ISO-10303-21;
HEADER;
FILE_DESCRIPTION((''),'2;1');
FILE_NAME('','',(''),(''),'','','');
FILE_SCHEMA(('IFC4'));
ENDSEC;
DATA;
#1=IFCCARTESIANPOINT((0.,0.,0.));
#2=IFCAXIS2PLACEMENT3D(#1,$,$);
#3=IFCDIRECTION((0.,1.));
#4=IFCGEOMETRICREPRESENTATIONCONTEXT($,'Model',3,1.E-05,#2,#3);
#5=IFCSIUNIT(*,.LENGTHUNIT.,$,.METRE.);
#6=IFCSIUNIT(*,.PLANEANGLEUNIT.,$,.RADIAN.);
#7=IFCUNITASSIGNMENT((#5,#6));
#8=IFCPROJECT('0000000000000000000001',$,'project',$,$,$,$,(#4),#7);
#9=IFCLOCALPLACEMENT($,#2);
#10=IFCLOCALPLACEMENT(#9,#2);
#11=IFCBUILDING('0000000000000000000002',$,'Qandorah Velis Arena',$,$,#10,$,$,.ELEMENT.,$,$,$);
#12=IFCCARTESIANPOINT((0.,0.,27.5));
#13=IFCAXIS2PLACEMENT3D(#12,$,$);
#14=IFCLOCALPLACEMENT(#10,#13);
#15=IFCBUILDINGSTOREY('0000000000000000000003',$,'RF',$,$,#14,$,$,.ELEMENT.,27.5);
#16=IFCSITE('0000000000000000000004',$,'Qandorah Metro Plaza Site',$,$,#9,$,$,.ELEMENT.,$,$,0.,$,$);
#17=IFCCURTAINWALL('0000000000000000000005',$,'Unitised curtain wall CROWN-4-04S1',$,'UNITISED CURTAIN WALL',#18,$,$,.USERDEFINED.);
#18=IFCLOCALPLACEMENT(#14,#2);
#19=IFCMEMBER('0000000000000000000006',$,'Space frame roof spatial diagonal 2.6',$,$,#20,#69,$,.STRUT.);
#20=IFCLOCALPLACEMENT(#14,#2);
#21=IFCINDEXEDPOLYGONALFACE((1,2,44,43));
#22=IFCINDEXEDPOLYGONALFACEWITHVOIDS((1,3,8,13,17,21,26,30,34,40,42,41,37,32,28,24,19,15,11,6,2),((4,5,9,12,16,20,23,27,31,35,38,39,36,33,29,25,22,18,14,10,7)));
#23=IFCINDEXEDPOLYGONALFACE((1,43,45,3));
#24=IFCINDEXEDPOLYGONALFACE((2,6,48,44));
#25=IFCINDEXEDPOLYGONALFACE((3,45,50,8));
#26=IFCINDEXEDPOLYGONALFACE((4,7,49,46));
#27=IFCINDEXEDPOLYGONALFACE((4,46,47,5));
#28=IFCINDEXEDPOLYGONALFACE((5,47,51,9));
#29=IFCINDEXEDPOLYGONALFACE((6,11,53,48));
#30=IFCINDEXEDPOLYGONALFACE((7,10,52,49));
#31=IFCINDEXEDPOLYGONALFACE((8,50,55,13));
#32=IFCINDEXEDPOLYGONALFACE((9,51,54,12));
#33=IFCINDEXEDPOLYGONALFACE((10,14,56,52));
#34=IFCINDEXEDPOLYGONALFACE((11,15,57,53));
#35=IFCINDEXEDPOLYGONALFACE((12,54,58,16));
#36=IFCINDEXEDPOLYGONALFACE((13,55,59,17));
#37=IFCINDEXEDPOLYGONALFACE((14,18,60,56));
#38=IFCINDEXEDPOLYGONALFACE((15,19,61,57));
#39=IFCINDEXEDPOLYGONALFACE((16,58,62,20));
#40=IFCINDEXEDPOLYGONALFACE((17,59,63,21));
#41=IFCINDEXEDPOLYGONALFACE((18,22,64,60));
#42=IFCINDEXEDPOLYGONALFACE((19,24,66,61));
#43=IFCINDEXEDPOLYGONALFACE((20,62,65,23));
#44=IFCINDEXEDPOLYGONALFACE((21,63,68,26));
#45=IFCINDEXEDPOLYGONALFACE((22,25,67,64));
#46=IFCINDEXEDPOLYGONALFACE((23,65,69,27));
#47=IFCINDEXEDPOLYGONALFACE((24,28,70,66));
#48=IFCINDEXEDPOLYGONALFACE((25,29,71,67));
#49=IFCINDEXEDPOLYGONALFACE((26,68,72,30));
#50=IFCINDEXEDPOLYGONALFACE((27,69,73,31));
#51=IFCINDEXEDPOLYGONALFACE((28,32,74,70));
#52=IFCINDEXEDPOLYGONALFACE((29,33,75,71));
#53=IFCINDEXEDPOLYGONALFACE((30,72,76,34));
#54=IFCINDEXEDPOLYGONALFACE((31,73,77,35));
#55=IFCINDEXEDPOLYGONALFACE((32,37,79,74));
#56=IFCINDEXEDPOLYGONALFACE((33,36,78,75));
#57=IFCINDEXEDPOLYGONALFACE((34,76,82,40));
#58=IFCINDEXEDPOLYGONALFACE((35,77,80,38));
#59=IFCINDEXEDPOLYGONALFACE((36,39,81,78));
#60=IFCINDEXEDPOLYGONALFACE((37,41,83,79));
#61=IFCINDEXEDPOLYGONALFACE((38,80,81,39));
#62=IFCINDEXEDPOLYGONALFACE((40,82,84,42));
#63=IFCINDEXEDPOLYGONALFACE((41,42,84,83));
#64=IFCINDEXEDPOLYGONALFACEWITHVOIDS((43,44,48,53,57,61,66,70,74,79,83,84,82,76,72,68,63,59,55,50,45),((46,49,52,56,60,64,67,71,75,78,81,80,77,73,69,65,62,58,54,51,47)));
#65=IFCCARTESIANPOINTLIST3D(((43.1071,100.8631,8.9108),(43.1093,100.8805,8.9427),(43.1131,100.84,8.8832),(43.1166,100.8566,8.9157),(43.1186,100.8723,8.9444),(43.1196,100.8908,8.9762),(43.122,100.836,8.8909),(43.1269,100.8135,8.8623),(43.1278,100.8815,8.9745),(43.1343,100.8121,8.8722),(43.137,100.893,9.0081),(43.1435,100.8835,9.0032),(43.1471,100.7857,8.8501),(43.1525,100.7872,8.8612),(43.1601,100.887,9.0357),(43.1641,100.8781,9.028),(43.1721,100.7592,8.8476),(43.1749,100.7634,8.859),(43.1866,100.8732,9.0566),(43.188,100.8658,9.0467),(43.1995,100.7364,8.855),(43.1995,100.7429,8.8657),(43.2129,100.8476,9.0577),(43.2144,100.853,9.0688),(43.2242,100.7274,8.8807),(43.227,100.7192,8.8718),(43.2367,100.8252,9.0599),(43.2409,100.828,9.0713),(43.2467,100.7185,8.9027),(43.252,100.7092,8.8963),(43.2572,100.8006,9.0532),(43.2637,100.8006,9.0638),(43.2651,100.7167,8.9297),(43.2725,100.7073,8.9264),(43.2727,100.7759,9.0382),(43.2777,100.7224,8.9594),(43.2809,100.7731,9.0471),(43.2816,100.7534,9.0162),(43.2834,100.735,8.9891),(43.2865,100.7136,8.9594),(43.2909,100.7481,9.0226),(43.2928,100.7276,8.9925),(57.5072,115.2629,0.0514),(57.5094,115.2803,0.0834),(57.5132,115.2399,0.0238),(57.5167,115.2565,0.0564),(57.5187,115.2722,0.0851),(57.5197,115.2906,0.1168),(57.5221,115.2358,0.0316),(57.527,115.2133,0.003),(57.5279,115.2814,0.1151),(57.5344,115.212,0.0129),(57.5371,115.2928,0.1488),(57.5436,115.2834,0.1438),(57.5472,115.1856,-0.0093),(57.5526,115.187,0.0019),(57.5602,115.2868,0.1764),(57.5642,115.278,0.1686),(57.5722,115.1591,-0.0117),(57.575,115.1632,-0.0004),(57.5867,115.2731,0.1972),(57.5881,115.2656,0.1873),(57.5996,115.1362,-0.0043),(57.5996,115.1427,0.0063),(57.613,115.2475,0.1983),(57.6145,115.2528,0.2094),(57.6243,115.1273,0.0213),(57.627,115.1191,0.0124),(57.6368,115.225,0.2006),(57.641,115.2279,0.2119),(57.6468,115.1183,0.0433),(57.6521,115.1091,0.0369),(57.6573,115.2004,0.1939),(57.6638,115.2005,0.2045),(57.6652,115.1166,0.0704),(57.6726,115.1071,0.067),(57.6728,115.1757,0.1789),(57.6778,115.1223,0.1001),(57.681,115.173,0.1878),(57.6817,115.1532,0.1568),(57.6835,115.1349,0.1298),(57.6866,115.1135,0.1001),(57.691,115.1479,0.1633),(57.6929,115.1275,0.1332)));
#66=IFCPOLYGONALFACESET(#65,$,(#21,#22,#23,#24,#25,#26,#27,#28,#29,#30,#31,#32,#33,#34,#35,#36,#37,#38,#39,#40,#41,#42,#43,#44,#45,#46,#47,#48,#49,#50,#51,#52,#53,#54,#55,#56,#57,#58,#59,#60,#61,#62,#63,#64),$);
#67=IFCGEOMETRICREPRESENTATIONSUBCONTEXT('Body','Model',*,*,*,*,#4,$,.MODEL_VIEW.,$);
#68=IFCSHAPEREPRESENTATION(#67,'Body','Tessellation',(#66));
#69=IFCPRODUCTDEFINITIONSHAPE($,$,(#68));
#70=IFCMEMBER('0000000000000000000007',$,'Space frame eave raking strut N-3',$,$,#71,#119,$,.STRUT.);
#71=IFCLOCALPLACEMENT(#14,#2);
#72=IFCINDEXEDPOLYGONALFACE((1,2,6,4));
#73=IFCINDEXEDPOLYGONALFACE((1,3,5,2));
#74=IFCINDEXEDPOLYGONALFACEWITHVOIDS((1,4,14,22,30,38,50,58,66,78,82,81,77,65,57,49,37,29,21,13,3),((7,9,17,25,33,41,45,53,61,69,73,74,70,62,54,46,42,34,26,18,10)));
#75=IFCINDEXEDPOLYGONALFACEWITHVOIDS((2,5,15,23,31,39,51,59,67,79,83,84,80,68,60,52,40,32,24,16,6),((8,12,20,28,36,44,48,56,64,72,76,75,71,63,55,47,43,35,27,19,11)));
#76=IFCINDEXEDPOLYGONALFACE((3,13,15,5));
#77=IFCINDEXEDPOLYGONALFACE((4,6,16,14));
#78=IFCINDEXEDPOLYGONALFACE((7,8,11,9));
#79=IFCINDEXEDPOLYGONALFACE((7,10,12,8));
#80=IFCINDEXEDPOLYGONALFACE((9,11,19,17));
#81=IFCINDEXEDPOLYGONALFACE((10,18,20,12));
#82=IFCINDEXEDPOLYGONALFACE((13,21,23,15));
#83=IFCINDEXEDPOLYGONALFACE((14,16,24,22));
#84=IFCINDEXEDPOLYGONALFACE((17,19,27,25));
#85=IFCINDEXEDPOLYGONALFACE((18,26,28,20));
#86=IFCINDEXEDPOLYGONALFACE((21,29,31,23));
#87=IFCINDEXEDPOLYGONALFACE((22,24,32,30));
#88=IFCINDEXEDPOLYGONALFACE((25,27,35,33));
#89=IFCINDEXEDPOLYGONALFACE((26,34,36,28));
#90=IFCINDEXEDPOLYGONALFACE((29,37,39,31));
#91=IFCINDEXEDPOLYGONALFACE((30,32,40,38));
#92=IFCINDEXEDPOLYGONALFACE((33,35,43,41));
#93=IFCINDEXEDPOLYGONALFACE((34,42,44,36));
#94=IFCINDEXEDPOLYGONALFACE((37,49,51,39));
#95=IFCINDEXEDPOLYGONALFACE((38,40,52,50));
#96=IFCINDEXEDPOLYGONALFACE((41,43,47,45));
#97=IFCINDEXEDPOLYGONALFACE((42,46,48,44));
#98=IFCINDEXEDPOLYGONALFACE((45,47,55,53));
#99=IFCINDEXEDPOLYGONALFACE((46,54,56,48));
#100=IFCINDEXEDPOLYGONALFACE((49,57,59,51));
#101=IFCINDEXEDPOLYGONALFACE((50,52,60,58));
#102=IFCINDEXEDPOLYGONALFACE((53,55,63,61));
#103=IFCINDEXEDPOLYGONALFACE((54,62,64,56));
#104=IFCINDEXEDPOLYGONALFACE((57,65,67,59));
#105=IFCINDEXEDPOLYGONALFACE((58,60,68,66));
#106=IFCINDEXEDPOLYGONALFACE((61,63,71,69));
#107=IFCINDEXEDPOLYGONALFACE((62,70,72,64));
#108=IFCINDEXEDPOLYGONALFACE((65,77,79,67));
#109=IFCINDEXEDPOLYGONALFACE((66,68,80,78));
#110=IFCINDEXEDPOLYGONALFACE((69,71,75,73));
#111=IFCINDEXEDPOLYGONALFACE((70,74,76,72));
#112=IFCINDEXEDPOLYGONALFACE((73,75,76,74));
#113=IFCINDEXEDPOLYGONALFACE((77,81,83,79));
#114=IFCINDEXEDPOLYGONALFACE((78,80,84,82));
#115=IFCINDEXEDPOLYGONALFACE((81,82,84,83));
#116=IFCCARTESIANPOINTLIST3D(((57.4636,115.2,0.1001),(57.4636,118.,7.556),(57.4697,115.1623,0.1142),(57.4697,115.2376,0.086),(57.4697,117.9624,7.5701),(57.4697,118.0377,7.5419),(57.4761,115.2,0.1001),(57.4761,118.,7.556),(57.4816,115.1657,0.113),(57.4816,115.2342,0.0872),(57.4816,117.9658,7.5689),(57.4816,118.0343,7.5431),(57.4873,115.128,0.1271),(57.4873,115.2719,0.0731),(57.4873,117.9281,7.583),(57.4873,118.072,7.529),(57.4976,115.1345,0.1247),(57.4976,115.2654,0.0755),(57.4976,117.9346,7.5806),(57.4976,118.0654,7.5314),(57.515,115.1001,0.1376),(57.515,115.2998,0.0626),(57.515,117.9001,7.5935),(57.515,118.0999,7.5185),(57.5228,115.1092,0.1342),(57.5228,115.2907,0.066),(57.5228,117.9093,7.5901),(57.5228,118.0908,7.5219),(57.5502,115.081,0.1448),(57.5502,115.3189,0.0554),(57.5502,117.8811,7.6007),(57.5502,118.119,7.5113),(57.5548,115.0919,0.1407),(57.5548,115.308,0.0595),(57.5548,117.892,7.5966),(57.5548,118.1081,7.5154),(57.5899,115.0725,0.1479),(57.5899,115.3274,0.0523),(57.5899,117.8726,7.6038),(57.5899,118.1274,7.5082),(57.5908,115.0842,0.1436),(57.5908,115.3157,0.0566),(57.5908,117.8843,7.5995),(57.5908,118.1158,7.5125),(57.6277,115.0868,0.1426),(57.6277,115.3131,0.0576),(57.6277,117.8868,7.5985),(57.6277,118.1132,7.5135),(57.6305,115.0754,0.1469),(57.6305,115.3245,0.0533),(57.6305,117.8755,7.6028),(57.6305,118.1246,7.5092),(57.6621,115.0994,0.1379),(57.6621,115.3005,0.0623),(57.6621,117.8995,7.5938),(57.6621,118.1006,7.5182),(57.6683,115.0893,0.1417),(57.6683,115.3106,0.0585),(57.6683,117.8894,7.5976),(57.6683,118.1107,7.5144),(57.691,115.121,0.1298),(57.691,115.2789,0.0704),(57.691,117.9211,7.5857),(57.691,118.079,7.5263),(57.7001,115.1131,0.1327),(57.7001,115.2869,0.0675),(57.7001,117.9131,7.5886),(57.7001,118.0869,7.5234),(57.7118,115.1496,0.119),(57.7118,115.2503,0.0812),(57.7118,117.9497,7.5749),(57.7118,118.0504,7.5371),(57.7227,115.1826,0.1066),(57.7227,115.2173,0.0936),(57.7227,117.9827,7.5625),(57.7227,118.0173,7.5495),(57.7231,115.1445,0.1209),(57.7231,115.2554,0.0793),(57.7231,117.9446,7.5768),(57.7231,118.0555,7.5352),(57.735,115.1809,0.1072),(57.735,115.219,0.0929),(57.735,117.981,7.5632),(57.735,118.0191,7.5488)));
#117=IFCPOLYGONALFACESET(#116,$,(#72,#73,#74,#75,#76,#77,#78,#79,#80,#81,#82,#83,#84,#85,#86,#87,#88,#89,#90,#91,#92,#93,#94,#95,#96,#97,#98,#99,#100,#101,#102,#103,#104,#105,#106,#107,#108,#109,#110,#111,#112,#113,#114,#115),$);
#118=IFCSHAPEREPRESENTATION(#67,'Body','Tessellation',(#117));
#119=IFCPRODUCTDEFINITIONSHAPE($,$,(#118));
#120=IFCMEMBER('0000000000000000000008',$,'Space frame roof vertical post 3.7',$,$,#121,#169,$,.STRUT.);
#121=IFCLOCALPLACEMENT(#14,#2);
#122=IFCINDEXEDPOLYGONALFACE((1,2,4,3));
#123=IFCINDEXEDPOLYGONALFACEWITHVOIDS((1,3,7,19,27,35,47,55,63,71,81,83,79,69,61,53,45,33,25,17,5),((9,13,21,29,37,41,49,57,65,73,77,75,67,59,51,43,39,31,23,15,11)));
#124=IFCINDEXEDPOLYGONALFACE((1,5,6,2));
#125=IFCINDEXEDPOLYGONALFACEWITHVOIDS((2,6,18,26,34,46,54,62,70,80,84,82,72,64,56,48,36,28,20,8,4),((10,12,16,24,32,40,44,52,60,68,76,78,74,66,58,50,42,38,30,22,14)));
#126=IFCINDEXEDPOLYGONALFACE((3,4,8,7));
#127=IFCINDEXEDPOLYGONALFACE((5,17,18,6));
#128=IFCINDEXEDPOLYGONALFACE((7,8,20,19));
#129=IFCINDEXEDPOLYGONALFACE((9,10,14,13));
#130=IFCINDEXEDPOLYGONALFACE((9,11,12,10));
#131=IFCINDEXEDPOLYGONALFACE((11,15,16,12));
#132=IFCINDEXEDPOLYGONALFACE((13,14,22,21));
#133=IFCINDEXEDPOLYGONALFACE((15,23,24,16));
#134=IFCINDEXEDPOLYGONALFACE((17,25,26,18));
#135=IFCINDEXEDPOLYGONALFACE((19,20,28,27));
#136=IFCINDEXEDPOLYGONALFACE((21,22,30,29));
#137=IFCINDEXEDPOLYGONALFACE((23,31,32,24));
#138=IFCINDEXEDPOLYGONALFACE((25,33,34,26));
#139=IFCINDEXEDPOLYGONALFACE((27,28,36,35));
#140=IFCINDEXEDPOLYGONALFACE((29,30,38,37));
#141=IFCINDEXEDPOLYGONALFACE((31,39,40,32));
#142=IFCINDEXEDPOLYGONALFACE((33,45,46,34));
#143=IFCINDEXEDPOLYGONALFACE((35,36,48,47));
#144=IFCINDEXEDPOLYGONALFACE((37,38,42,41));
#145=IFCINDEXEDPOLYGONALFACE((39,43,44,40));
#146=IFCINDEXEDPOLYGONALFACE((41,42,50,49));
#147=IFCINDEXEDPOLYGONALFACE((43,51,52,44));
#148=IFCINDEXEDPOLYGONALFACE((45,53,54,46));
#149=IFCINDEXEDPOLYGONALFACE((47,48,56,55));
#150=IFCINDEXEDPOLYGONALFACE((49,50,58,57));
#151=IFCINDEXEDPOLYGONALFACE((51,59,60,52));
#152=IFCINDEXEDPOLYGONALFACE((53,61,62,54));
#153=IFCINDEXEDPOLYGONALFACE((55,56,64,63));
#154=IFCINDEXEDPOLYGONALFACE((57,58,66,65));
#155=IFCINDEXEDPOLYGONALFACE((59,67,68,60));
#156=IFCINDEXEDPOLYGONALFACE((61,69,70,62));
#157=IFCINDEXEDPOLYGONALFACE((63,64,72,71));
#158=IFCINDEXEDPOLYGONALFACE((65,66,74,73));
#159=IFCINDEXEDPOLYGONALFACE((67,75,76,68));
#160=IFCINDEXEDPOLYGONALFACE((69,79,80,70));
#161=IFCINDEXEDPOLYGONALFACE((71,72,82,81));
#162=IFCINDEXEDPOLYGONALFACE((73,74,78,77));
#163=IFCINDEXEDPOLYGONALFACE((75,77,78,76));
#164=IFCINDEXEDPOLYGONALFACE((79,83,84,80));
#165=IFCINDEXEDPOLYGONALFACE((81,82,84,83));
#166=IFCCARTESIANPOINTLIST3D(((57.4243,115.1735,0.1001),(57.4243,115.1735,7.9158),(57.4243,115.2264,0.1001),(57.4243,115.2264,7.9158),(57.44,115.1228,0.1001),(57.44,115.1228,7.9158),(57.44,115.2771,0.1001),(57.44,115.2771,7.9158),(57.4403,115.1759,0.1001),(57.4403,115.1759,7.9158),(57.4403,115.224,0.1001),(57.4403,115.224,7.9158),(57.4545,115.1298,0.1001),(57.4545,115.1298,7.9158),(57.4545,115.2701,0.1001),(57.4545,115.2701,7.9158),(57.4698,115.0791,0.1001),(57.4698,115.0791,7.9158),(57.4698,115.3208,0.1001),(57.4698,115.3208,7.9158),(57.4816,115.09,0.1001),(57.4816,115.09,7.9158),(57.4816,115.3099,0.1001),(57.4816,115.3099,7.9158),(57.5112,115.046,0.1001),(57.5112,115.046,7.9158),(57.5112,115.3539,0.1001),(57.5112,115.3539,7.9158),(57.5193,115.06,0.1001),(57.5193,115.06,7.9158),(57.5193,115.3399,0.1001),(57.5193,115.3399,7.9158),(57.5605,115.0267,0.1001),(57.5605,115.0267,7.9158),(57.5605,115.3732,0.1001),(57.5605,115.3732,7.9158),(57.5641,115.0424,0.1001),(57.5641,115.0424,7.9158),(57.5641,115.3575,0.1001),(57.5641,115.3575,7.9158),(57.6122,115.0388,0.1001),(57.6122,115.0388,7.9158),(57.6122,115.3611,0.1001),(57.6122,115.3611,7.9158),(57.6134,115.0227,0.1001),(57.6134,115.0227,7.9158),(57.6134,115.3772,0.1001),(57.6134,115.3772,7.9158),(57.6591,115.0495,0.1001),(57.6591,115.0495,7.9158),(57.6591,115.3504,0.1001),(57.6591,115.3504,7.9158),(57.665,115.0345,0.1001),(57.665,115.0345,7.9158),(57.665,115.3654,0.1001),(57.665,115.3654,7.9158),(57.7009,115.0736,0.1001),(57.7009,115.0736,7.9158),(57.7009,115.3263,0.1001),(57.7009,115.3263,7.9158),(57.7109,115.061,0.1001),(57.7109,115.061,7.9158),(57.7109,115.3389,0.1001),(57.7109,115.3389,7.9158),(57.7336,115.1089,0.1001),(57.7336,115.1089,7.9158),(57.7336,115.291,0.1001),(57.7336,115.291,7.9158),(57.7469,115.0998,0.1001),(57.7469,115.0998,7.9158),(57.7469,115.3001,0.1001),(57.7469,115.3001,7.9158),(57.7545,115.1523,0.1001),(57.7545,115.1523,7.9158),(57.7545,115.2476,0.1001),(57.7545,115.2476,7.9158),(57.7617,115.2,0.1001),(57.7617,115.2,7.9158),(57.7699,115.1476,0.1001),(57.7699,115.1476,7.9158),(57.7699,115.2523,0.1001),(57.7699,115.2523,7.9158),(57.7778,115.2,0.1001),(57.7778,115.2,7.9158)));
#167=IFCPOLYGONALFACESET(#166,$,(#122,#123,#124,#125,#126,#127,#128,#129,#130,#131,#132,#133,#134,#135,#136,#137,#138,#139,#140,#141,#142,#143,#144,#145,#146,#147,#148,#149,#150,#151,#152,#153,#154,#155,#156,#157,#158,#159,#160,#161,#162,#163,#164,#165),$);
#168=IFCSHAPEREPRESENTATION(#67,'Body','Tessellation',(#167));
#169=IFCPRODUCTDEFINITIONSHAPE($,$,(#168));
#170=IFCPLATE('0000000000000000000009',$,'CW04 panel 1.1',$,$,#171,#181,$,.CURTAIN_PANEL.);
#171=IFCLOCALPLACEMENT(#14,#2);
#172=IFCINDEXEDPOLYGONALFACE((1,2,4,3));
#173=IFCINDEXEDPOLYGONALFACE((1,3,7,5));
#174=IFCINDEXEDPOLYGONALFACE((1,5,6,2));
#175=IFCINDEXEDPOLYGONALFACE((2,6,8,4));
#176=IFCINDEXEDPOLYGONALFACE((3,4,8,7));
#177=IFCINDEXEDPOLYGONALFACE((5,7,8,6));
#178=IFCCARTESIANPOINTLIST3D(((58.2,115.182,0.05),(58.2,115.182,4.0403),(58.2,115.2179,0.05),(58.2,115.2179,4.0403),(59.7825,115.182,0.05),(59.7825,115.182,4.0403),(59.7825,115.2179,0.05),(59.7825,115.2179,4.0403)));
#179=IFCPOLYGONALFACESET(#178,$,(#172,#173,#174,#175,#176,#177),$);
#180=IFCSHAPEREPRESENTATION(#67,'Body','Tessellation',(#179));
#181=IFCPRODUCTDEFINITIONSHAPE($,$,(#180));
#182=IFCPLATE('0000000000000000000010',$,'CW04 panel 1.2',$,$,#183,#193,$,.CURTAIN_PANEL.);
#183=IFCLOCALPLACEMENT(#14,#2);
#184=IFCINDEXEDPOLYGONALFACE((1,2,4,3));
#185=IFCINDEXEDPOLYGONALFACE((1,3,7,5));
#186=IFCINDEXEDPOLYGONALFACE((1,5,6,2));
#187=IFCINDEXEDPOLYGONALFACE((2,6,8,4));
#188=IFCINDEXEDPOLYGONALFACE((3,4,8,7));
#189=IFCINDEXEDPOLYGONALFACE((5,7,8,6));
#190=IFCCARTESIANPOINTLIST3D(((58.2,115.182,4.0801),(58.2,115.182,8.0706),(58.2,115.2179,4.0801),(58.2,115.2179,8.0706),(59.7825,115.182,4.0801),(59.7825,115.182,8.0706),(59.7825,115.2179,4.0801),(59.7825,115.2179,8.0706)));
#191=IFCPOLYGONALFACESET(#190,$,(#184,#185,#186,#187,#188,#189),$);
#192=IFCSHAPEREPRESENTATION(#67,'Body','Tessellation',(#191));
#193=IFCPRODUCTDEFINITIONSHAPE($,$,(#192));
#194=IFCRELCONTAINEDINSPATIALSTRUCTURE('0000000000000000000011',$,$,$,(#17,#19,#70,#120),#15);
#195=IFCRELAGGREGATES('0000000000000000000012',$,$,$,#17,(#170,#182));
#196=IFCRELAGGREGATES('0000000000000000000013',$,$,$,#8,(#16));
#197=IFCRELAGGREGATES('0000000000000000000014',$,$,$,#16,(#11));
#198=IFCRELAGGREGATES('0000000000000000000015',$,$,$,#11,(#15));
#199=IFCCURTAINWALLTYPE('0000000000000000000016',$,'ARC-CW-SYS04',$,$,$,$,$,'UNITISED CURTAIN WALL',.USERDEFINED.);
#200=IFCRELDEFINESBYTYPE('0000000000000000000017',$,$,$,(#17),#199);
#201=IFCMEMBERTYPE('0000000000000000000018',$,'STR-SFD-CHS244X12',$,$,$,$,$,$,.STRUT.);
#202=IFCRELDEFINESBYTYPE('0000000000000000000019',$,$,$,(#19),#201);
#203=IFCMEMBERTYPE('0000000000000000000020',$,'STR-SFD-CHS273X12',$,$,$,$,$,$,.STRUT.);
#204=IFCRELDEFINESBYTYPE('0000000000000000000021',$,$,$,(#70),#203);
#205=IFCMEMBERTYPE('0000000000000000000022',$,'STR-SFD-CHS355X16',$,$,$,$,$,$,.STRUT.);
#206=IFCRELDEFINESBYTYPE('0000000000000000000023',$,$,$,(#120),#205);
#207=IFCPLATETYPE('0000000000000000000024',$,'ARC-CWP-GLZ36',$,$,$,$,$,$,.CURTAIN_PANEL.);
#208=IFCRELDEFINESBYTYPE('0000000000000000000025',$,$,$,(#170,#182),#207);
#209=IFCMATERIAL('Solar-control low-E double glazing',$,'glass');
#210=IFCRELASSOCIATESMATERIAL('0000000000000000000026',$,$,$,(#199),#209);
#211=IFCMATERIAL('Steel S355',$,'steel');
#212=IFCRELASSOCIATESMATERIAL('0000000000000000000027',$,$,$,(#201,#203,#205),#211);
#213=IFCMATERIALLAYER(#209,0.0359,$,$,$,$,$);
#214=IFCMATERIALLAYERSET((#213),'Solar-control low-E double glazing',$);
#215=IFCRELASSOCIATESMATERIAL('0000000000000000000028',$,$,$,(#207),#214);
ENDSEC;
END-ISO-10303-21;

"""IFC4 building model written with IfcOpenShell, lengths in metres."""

from ifc_helpers import new_model, si_unit, direction, frame, origin, origin_2d, place, context, subcontext, project, spatial, rectangle, hollow_circle, extrude, material, layer, layer_set, material_profile, profile_set, type_object, element, aggregate, save


model = new_model("IFC4")

# Units and contexts
model_context = context("Model", 3, precision=1e-05, world=origin(), true_north=direction((0.0, 1.0)))
body_context = subcontext(model_context, "Body", "Model", "MODEL_VIEW")
ifc_project = project(units=[si_unit("LENGTHUNIT", "METRE"), si_unit("PLANEANGLEUNIT", "RADIAN")], contexts=[model_context])

# Site, building, storey
site_placement = place(None, origin())
site = spatial("IfcSite", under=ifc_project, at=site_placement, Name="Qandorah Metro Plaza Site", CompositionType="ELEMENT", RefElevation=0.0)
building_placement = place(site_placement, origin())
building = spatial("IfcBuilding", under=site, at=building_placement, Name="Qandorah Velis Arena", CompositionType="ELEMENT")
storey_placement = place(building_placement, frame((0.0, 0.0, 27.5)))
storey = spatial("IfcBuildingStorey", under=building, at=storey_placement, Name="RF", CompositionType="ELEMENT", Elevation=27.5)

# Curtain wall
ifc_material_1 = material(Name="Solar-control low-E double glazing", Category="glass")
curtain_wall_type = type_object("IfcCurtainWallType", Name="ARC-CW-SYS04", ElementType="UNITISED CURTAIN WALL", PredefinedType="USERDEFINED", material=ifc_material_1)
curtain_wall_placement = place(storey_placement, origin())
curtain_wall = element("IfcCurtainWall", 1, at=curtain_wall_placement, inside=storey, type_object=curtain_wall_type, Name="Unitised curtain wall CROWN-4-04S1", ObjectType="UNITISED CURTAIN WALL", PredefinedType="USERDEFINED")

# Shared definitions
ifc_material_2 = material(Name="Steel S355", Category="steel")

# Members
ifc_material_profile_1 = material_profile(ifc_material_2, hollow_circle(Radius=0.1223, WallThickness=0.0125, at=origin_2d()), Name="CHS 244.5x12.5")
ifc_profile_set_1 = profile_set([ifc_material_profile_1], Name="Steel S355")
member_type_1 = type_object("IfcMemberType", Name="STR-SFD-CHS244X12", PredefinedType="STRUT", material=ifc_profile_set_1)
member_1_placement = place(storey_placement, frame((57.6001, 115.2, 0.1001), z_axis=(-0.648412, -0.648401, 0.398921), x_axis=(0.707101, -0.707113, 0.0)))
element("IfcMember", 2, at=member_1_placement, inside=storey, type_object=member_type_1, Name="Space frame roof spatial diagonal 2.6", PredefinedType="STRUT", context=body_context, shape_type="SweptSolid", body=[
    extrude(hollow_circle(Radius=0.1223, WallThickness=0.0125, at=origin_2d()), origin(), (0.0, 0.0, 1.0), 22.2083),
])
ifc_material_profile_2 = material_profile(ifc_material_2, hollow_circle(Radius=0.1365, WallThickness=0.0125, at=origin_2d()), Name="CHS 273x12.5")
ifc_profile_set_2 = profile_set([ifc_material_profile_2], Name="Steel S355")
member_type_2 = type_object("IfcMemberType", Name="STR-SFD-CHS273X12", PredefinedType="STRUT", material=ifc_profile_set_2)
member_2_placement = place(storey_placement, frame((57.6001, 115.2, 0.1001), z_axis=(0.0, 0.351577, 0.936159), x_axis=(-1.0, 0.0, 0.0)))
element("IfcMember", 3, at=member_2_placement, inside=storey, type_object=member_type_2, Name="Space frame eave raking strut N-3", PredefinedType="STRUT", context=body_context, shape_type="SweptSolid", body=[
    extrude(hollow_circle(Radius=0.1365, WallThickness=0.0125, at=origin_2d()), origin(), (0.0, 0.0, 1.0), 7.9644),
])
ifc_material_profile_3 = material_profile(ifc_material_2, hollow_circle(Radius=0.1777, WallThickness=0.0161, at=origin_2d()), Name="CHS 355.6x16")
ifc_profile_set_3 = profile_set([ifc_material_profile_3], Name="Steel S355")
member_type_3 = type_object("IfcMemberType", Name="STR-SFD-CHS355X16", PredefinedType="STRUT", material=ifc_profile_set_3)
member_3_placement = place(storey_placement, frame((57.6001, 115.2, 0.1001), z_axis=(0.0, 0.0, 1.0), x_axis=(1.0, 0.0, 0.0)))
element("IfcMember", 4, at=member_3_placement, inside=storey, type_object=member_type_3, Name="Space frame roof vertical post 3.7", PredefinedType="STRUT", context=body_context, shape_type="SweptSolid", body=[
    extrude(hollow_circle(Radius=0.1777, WallThickness=0.0161, at=origin_2d()), origin(), (0.0, 0.0, 1.0), 7.8157),
])

# Plates
ifc_layer_1 = layer(ifc_material_1, 0.0359)
ifc_layer_set_1 = layer_set([ifc_layer_1], Name="Solar-control low-E double glazing")
plate_type_1 = type_object("IfcPlateType", Name="ARC-CWP-GLZ36", PredefinedType="CURTAIN_PANEL", material=ifc_layer_set_1)
plate_1_placement = place(storey_placement, frame((58.9912, 115.2, 0.05), z_axis=(0.0, 0.0, 1.0), x_axis=(1.0, 0.0, 0.0)))
plate_1 = element("IfcPlate", 5, at=plate_1_placement, type_object=plate_type_1, Name="CW04 panel 1.1", PredefinedType="CURTAIN_PANEL", context=body_context, shape_type="SweptSolid", body=[
    extrude(rectangle(XDim=1.5825, YDim=0.0359, at=origin_2d()), origin(), (0.0, 0.0, 1.0), 3.9902),
])
plate_2_placement = place(storey_placement, frame((58.9912, 115.2, 4.0801), z_axis=(0.0, 0.0, 1.0), x_axis=(1.0, 0.0, 0.0)))
plate_2 = element("IfcPlate", 6, at=plate_2_placement, type_object=plate_type_1, Name="CW04 panel 1.2", PredefinedType="CURTAIN_PANEL", context=body_context, shape_type="SweptSolid", body=[
    extrude(rectangle(XDim=1.5825, YDim=0.0359, at=origin_2d()), origin(), (0.0, 0.0, 1.0), 3.9905),
])
aggregate(curtain_wall, [plate_1, plate_2])

save(model, "model.ifc")
